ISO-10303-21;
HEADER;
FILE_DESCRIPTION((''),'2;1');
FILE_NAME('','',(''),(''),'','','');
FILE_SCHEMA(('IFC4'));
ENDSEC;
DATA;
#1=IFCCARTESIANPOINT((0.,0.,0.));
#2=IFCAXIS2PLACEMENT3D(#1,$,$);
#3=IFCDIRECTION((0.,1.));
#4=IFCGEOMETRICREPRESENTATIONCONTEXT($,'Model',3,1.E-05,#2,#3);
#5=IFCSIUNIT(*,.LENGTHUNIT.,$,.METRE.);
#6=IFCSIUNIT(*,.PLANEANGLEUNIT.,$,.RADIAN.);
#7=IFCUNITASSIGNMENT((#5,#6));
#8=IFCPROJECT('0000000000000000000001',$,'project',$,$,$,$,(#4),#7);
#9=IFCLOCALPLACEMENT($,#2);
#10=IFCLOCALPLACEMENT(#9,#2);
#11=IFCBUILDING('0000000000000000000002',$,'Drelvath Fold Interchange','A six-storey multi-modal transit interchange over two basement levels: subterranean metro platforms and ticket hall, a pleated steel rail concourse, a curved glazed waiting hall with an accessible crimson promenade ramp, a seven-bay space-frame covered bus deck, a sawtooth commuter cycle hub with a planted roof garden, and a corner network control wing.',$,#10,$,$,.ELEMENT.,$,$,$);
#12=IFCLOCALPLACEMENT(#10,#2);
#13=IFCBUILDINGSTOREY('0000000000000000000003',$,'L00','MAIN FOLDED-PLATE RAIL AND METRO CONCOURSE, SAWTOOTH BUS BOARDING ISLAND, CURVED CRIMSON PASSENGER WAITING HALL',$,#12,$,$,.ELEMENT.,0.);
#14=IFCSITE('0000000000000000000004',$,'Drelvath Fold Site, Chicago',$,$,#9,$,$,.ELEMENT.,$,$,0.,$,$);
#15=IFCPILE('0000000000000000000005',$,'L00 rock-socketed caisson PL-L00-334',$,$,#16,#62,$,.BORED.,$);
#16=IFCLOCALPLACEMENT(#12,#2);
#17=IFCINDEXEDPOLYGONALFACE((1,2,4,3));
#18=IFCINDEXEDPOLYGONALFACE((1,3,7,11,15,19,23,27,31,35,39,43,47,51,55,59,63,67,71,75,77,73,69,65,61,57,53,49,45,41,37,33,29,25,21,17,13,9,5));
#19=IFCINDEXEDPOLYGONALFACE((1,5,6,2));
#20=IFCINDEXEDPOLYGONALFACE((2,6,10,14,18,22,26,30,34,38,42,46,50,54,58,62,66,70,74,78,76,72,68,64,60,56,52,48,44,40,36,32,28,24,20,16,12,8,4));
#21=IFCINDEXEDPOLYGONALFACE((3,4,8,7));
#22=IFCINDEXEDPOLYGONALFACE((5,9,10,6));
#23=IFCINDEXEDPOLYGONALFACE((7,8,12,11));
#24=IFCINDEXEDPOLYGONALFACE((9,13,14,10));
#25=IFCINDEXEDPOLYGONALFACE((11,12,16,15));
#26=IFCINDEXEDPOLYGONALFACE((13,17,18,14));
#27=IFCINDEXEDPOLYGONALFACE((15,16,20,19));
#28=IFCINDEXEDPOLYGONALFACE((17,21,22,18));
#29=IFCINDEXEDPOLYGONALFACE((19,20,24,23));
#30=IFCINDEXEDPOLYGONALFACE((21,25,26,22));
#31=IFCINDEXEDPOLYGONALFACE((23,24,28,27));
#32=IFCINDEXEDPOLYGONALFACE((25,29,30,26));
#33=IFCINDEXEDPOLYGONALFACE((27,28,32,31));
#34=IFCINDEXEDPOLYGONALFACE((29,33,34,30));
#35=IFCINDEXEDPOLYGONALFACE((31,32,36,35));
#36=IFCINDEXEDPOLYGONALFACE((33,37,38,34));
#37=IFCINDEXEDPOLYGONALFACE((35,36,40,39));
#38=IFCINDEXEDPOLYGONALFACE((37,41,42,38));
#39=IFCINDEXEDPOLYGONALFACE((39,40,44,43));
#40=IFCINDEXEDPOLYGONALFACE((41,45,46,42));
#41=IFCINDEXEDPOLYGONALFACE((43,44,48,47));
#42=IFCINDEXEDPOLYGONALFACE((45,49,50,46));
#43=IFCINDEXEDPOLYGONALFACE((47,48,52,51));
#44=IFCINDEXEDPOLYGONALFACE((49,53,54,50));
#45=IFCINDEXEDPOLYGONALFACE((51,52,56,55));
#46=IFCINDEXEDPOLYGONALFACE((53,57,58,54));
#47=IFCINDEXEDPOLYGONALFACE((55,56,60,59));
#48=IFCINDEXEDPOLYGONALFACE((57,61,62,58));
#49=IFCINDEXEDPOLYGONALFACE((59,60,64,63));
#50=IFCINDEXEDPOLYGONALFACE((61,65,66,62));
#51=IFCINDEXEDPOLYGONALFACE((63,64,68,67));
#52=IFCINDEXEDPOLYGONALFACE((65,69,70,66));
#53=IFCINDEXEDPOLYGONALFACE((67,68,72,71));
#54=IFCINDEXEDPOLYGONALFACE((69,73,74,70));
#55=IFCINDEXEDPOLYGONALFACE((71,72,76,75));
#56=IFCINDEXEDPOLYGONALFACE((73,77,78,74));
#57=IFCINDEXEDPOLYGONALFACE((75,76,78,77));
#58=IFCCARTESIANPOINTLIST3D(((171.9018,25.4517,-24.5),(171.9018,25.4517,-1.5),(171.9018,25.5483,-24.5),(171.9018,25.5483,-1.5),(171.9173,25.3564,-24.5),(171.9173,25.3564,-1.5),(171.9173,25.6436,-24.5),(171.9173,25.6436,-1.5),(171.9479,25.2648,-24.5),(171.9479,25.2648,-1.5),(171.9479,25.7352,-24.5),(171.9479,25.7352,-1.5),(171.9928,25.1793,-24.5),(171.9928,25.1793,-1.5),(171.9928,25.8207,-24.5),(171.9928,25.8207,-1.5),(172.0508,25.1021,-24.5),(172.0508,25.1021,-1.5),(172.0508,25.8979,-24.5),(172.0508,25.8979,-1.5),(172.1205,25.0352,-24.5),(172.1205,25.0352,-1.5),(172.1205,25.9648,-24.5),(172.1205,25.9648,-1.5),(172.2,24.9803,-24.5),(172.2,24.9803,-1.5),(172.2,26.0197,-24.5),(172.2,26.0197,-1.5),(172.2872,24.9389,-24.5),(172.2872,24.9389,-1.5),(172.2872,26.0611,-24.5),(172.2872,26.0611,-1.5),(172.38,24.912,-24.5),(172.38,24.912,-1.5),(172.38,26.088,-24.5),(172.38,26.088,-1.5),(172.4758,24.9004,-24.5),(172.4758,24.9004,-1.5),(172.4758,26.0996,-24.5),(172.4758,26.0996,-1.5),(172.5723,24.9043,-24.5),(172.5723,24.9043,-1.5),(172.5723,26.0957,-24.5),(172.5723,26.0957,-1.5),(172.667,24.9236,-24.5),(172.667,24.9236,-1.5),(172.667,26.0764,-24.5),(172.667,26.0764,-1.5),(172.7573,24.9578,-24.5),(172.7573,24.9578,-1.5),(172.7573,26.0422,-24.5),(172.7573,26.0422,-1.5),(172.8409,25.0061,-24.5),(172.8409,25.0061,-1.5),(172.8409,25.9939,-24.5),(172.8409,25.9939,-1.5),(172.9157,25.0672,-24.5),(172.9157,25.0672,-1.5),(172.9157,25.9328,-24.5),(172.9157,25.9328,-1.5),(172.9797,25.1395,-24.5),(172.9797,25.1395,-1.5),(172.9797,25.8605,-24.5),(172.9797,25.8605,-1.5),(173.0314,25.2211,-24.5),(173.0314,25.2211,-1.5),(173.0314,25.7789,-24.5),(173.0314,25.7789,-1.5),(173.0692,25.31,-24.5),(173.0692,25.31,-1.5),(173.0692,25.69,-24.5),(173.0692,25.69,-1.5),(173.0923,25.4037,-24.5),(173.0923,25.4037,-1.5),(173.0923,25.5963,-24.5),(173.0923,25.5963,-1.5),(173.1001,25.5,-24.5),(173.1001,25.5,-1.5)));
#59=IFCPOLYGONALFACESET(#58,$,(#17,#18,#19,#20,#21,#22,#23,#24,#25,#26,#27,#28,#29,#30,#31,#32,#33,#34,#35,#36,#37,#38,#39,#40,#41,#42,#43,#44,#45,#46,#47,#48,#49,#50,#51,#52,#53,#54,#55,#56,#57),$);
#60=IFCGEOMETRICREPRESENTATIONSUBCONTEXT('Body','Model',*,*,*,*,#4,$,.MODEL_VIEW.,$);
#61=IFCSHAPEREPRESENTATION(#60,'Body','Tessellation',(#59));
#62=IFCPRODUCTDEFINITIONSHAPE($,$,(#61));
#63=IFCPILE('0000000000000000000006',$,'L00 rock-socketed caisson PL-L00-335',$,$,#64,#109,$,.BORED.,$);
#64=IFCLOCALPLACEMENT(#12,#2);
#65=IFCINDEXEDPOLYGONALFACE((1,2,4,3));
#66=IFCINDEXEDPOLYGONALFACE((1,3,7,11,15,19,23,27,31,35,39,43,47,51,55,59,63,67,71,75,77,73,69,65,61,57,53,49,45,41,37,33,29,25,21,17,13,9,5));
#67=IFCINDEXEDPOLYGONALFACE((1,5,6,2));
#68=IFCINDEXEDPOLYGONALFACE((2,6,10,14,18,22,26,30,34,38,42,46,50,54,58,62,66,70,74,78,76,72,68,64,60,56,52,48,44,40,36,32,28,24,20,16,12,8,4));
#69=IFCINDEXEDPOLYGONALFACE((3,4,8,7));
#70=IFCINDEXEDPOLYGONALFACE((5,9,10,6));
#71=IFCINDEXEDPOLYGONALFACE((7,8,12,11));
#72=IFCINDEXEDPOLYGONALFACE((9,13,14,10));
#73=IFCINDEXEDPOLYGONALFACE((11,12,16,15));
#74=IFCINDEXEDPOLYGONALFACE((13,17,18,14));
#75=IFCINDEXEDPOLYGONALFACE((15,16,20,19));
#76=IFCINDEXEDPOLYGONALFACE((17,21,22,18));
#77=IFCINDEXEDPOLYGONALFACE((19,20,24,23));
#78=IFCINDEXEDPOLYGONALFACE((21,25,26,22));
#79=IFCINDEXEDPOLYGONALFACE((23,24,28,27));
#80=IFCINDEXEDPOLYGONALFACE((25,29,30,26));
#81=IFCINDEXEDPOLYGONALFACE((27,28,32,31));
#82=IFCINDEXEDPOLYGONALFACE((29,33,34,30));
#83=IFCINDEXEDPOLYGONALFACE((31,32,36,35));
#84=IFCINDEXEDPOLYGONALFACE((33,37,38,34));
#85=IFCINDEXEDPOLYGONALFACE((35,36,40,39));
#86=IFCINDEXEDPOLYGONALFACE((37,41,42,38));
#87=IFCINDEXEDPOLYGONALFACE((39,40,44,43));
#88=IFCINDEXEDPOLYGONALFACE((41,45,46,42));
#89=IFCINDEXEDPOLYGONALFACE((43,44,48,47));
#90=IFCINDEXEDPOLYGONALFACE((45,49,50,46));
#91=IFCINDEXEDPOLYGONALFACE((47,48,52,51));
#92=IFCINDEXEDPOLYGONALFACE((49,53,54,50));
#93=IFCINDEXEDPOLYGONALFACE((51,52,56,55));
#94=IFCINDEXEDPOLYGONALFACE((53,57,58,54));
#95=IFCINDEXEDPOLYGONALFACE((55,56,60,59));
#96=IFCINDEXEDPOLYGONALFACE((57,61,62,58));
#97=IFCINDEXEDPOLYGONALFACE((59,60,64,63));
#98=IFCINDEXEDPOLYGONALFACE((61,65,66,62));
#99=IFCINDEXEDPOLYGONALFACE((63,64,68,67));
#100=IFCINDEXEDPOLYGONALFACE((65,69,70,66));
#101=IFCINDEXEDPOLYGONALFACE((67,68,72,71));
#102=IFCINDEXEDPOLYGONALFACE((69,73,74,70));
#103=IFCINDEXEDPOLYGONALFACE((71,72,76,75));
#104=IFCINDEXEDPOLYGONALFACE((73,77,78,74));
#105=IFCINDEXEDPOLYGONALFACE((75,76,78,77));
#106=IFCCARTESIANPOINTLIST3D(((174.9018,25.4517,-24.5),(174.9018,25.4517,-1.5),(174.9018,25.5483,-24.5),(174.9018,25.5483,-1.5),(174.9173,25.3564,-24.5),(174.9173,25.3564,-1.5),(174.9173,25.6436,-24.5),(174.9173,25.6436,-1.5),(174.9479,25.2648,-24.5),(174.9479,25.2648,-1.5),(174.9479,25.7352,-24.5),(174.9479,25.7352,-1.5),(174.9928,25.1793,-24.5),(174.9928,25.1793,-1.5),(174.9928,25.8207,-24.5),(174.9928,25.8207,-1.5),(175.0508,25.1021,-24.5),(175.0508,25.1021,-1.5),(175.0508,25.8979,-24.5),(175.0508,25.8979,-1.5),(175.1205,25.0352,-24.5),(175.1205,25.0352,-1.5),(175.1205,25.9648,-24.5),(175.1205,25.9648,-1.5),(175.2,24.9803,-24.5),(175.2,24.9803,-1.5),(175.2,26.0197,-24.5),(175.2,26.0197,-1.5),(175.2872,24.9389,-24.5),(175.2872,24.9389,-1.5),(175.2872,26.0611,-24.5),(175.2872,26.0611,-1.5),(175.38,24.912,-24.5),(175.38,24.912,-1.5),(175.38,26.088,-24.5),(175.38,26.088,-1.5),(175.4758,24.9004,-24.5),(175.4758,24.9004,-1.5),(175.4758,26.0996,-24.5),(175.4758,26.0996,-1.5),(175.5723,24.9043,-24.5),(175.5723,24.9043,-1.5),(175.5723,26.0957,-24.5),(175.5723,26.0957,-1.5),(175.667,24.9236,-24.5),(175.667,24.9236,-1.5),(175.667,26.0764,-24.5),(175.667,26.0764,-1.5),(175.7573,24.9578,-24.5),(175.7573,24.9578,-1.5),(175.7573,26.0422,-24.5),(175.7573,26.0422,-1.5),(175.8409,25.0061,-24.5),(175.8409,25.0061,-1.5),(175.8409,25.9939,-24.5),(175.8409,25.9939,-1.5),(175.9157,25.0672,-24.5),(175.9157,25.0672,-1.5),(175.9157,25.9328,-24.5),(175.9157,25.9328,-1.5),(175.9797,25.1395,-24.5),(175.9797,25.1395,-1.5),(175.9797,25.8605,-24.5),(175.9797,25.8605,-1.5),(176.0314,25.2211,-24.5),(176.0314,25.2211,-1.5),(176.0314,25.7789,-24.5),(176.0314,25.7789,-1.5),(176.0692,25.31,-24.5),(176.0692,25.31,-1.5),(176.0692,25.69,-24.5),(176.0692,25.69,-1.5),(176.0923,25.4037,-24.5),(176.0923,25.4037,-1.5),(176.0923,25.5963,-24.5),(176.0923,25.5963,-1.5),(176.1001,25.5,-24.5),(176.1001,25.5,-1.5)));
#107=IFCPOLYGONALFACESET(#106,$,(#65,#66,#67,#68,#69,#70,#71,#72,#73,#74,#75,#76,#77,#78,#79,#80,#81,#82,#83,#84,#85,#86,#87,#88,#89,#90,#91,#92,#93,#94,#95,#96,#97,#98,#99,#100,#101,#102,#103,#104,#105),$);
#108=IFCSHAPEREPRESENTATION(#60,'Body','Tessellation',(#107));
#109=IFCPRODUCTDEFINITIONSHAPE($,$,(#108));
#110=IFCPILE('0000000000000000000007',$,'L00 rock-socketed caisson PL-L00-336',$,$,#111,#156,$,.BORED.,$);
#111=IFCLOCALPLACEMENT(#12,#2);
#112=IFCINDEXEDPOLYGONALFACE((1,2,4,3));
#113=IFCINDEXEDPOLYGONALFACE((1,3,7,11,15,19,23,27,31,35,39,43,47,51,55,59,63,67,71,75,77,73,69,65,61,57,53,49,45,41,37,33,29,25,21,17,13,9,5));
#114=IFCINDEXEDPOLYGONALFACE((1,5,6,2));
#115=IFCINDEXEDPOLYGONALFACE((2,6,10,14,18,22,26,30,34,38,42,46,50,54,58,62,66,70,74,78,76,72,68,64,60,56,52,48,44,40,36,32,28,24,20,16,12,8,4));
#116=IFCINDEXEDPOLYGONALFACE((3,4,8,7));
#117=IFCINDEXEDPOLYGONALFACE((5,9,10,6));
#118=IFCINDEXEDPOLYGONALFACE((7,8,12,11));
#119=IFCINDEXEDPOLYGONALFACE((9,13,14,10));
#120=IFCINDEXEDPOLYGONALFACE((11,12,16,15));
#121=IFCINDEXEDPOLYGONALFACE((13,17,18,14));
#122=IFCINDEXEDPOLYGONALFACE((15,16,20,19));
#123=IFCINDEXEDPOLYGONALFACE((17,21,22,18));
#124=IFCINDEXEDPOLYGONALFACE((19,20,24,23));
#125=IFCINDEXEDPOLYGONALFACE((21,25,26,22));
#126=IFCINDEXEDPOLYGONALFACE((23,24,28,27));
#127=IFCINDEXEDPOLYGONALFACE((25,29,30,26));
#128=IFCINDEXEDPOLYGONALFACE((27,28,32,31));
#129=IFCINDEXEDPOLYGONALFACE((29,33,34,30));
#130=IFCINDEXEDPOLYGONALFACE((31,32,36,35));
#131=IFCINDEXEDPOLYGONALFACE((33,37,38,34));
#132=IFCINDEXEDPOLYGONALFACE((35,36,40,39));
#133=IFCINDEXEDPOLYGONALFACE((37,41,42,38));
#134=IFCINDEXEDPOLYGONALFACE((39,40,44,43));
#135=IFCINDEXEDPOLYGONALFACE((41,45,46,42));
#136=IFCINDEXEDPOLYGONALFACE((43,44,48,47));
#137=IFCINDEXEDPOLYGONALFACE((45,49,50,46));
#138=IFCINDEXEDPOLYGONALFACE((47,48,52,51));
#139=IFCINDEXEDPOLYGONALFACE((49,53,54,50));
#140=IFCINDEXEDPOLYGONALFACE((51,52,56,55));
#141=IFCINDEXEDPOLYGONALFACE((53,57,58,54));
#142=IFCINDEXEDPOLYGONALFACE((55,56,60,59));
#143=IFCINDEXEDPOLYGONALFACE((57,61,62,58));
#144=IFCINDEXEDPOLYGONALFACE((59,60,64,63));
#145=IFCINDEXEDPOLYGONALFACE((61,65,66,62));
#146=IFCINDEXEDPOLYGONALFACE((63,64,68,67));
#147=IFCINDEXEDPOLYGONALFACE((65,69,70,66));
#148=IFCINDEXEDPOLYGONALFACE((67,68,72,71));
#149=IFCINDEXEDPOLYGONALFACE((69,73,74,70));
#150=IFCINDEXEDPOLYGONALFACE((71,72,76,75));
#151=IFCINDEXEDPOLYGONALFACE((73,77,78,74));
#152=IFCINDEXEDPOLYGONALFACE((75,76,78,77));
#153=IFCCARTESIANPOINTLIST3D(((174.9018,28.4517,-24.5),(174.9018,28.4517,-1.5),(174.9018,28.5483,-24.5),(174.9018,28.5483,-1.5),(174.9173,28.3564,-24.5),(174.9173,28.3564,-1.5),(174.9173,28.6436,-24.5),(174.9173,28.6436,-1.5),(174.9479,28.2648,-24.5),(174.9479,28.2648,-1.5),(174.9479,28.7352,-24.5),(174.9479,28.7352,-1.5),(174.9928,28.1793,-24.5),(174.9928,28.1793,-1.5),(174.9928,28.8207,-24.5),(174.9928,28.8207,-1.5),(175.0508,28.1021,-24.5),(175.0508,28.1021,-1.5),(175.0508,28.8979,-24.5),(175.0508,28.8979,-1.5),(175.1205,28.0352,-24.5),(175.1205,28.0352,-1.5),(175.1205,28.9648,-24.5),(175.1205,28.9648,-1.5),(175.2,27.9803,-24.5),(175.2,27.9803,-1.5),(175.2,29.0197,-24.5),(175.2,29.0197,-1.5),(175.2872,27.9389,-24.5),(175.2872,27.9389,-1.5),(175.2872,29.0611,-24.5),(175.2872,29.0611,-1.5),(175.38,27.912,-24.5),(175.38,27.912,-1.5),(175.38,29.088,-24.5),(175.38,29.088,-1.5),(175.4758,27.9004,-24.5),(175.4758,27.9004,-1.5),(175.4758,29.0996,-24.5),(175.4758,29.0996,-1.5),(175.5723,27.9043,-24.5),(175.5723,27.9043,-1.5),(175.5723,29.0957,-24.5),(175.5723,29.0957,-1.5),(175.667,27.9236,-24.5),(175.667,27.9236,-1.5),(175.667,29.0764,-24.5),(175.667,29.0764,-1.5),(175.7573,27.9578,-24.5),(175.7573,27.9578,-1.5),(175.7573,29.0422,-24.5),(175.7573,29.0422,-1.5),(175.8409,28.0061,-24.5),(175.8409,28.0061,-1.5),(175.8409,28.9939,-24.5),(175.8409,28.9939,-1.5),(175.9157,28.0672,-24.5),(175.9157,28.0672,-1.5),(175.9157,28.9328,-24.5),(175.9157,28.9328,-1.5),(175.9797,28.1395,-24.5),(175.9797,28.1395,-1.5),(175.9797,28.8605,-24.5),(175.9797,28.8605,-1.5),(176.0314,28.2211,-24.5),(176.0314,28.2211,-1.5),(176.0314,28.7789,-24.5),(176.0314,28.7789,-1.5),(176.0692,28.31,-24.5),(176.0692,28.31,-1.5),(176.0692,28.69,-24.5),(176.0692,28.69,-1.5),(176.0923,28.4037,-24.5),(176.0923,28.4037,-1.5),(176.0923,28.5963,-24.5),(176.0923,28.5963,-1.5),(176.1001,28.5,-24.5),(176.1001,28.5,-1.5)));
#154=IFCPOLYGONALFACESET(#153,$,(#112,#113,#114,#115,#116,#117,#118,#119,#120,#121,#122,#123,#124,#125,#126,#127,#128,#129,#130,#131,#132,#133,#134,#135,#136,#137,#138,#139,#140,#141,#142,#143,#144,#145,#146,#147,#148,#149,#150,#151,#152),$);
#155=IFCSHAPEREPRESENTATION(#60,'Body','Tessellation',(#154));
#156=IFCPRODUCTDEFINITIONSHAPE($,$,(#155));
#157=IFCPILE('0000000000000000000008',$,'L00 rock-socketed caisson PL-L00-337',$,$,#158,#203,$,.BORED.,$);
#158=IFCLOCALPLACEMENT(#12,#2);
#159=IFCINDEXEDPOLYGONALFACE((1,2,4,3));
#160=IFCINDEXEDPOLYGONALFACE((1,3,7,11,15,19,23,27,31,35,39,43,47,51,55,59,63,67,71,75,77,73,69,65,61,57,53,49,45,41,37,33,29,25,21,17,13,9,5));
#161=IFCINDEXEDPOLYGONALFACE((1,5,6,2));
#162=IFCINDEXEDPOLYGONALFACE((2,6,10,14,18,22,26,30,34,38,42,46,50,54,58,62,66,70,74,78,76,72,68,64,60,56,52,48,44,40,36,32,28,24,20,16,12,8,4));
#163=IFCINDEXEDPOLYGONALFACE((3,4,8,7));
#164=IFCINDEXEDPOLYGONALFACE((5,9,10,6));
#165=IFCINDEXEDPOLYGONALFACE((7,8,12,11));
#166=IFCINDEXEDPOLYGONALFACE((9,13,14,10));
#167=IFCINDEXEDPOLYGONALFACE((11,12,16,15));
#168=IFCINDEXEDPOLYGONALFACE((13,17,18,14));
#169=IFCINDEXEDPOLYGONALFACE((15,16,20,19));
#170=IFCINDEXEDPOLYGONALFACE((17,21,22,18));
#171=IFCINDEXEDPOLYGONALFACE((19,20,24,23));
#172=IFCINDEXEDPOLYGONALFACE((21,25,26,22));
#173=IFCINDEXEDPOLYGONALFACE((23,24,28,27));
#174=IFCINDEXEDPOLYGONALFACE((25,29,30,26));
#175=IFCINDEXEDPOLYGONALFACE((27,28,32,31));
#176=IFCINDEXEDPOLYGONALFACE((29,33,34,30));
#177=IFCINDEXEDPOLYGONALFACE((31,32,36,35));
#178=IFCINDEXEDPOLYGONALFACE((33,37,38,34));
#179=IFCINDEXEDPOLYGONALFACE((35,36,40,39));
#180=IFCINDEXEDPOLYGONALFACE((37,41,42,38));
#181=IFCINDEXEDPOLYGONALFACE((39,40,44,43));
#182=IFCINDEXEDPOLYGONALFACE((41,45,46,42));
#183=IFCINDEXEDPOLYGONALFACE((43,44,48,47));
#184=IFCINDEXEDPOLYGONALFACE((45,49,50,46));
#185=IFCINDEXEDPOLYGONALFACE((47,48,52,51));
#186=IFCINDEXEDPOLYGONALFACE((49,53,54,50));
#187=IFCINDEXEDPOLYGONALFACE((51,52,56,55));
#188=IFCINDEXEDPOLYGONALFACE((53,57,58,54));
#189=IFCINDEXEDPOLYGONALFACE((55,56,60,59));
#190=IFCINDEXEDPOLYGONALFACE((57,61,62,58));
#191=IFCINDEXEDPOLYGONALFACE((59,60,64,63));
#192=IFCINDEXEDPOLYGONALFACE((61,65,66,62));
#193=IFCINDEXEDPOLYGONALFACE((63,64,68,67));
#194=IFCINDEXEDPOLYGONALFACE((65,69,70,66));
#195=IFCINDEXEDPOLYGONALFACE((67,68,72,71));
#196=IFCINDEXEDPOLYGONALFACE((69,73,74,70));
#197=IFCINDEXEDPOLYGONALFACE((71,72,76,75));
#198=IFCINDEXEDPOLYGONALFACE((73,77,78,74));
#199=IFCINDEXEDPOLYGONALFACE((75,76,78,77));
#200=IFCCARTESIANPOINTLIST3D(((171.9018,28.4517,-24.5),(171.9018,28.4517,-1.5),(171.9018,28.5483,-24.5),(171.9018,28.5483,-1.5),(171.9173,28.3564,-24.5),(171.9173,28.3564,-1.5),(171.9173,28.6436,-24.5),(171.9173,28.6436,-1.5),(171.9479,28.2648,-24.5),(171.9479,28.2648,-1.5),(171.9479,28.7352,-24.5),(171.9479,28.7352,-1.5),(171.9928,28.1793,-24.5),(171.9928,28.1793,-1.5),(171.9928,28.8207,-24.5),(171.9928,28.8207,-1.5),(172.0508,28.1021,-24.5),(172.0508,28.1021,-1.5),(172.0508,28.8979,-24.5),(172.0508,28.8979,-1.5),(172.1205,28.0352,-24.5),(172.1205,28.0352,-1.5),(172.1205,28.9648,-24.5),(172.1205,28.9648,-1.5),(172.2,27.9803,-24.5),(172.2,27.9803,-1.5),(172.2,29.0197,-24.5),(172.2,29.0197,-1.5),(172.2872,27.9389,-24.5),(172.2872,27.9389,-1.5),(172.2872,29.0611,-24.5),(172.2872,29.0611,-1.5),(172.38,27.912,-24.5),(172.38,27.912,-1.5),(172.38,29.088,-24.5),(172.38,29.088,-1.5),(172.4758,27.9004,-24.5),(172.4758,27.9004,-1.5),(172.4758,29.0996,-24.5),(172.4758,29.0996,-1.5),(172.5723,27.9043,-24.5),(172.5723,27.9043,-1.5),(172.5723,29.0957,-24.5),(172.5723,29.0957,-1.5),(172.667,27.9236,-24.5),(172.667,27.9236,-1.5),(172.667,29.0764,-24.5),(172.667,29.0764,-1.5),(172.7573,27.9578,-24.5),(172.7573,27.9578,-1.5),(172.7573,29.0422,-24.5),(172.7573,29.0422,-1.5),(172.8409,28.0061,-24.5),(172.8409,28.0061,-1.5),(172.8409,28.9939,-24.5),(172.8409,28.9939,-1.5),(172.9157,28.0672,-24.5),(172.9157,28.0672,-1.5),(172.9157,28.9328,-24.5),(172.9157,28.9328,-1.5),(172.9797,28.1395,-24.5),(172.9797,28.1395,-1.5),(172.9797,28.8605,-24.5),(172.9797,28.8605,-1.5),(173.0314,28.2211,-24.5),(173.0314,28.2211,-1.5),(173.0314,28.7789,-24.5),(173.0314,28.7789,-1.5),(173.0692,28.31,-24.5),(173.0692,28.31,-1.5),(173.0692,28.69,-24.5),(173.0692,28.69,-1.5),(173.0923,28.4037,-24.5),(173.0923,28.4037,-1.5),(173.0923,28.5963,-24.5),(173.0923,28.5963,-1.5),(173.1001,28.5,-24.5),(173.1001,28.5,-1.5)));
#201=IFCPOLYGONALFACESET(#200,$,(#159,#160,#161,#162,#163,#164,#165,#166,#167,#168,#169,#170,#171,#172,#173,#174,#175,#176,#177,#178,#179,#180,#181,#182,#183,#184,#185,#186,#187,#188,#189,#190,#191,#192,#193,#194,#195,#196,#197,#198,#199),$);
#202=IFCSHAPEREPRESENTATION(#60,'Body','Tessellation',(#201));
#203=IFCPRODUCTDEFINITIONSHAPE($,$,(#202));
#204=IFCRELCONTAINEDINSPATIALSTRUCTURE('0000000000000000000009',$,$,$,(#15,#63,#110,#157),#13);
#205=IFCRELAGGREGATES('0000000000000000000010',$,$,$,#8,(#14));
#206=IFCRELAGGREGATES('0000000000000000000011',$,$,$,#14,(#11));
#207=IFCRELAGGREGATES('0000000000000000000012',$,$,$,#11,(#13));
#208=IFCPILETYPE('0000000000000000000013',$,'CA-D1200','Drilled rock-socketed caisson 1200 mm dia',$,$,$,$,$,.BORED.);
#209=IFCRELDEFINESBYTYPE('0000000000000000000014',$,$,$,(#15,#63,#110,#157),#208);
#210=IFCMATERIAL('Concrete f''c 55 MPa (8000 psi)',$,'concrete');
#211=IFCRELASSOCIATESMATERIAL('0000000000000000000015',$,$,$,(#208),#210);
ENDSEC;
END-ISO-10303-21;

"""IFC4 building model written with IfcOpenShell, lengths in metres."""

from ifc_helpers import new_model, si_unit, direction, frame, origin, origin_2d, place, context, subcontext, project, spatial, circle, extrude, material, material_profile, profile_set, type_object, element, save


model = new_model("IFC4")

# Units and contexts
model_context = context("Model", 3, precision=1e-05, world=origin(), true_north=direction((0.0, 1.0)))
body_context = subcontext(model_context, "Body", "Model", "MODEL_VIEW")
ifc_project = project(units=[si_unit("LENGTHUNIT", "METRE"), si_unit("PLANEANGLEUNIT", "RADIAN")], contexts=[model_context])

# Site, building, storey
site_placement = place(None, origin())
site = spatial("IfcSite", under=ifc_project, at=site_placement, Name="Drelvath Fold Site, Chicago", CompositionType="ELEMENT", RefElevation=0.0)
building_placement = place(site_placement, origin())
building = spatial("IfcBuilding", under=site, at=building_placement, Name="Drelvath Fold Interchange", Description="A six-storey multi-modal transit interchange over two basement levels: subterranean metro platforms and ticket hall, a pleated steel rail concourse, a curved glazed waiting hall with an accessible crimson promenade ramp, a seven-bay space-frame covered bus deck, a sawtooth commuter cycle hub with a planted roof garden, and a corner network control wing.", CompositionType="ELEMENT")
storey_placement = place(building_placement, origin())
storey = spatial("IfcBuildingStorey", under=building, at=storey_placement, Name="L00", Description="MAIN FOLDED-PLATE RAIL AND METRO CONCOURSE, SAWTOOTH BUS BOARDING ISLAND, CURVED CRIMSON PASSENGER WAITING HALL", CompositionType="ELEMENT", Elevation=0.0)

# Piles
ifc_material_1 = material(Name="Concrete f'c 55 MPa (8000 psi)", Category="concrete")
ifc_material_profile_1 = material_profile(ifc_material_1, circle(Radius=0.6001, at=origin_2d()), Name="CAISSON D1200")
ifc_profile_set_1 = profile_set([ifc_material_profile_1], Name="Concrete f'c 55 MPa (8000 psi)")
pile_type_1 = type_object("IfcPileType", Name="CA-D1200", Description="Drilled rock-socketed caisson 1200 mm dia", PredefinedType="BORED", material=ifc_profile_set_1)
for number, where, z_axis, x_axis, name in (
    (1, (172.5, 25.5, -1.5), (0.0, 0.0, -1.0), (1.0, 0.0, 0.0), "L00 rock-socketed caisson PL-L00-334"),
    (2, (175.5, 25.5, -1.5), (0.0, 0.0, -1.0), (1.0, 0.0, 0.0), "L00 rock-socketed caisson PL-L00-335"),
    (3, (175.5, 28.5, -1.5), (0.0, 0.0, -1.0), (1.0, 0.0, 0.0), "L00 rock-socketed caisson PL-L00-336"),
    (4, (172.5, 28.5, -1.5), (0.0, 0.0, -1.0), (1.0, 0.0, 0.0), "L00 rock-socketed caisson PL-L00-337"),
):
    element("IfcPile", number, at=place(storey_placement, frame(where, z_axis=z_axis, x_axis=x_axis)), inside=storey, type_object=pile_type_1, Name=name, PredefinedType="BORED", context=body_context, shape_type="SweptSolid", body=[
        extrude(circle(Radius=0.6001, at=origin_2d()), origin(), (0.0, 0.0, 1.0), 23.0),
    ])

save(model, "model.ifc")
